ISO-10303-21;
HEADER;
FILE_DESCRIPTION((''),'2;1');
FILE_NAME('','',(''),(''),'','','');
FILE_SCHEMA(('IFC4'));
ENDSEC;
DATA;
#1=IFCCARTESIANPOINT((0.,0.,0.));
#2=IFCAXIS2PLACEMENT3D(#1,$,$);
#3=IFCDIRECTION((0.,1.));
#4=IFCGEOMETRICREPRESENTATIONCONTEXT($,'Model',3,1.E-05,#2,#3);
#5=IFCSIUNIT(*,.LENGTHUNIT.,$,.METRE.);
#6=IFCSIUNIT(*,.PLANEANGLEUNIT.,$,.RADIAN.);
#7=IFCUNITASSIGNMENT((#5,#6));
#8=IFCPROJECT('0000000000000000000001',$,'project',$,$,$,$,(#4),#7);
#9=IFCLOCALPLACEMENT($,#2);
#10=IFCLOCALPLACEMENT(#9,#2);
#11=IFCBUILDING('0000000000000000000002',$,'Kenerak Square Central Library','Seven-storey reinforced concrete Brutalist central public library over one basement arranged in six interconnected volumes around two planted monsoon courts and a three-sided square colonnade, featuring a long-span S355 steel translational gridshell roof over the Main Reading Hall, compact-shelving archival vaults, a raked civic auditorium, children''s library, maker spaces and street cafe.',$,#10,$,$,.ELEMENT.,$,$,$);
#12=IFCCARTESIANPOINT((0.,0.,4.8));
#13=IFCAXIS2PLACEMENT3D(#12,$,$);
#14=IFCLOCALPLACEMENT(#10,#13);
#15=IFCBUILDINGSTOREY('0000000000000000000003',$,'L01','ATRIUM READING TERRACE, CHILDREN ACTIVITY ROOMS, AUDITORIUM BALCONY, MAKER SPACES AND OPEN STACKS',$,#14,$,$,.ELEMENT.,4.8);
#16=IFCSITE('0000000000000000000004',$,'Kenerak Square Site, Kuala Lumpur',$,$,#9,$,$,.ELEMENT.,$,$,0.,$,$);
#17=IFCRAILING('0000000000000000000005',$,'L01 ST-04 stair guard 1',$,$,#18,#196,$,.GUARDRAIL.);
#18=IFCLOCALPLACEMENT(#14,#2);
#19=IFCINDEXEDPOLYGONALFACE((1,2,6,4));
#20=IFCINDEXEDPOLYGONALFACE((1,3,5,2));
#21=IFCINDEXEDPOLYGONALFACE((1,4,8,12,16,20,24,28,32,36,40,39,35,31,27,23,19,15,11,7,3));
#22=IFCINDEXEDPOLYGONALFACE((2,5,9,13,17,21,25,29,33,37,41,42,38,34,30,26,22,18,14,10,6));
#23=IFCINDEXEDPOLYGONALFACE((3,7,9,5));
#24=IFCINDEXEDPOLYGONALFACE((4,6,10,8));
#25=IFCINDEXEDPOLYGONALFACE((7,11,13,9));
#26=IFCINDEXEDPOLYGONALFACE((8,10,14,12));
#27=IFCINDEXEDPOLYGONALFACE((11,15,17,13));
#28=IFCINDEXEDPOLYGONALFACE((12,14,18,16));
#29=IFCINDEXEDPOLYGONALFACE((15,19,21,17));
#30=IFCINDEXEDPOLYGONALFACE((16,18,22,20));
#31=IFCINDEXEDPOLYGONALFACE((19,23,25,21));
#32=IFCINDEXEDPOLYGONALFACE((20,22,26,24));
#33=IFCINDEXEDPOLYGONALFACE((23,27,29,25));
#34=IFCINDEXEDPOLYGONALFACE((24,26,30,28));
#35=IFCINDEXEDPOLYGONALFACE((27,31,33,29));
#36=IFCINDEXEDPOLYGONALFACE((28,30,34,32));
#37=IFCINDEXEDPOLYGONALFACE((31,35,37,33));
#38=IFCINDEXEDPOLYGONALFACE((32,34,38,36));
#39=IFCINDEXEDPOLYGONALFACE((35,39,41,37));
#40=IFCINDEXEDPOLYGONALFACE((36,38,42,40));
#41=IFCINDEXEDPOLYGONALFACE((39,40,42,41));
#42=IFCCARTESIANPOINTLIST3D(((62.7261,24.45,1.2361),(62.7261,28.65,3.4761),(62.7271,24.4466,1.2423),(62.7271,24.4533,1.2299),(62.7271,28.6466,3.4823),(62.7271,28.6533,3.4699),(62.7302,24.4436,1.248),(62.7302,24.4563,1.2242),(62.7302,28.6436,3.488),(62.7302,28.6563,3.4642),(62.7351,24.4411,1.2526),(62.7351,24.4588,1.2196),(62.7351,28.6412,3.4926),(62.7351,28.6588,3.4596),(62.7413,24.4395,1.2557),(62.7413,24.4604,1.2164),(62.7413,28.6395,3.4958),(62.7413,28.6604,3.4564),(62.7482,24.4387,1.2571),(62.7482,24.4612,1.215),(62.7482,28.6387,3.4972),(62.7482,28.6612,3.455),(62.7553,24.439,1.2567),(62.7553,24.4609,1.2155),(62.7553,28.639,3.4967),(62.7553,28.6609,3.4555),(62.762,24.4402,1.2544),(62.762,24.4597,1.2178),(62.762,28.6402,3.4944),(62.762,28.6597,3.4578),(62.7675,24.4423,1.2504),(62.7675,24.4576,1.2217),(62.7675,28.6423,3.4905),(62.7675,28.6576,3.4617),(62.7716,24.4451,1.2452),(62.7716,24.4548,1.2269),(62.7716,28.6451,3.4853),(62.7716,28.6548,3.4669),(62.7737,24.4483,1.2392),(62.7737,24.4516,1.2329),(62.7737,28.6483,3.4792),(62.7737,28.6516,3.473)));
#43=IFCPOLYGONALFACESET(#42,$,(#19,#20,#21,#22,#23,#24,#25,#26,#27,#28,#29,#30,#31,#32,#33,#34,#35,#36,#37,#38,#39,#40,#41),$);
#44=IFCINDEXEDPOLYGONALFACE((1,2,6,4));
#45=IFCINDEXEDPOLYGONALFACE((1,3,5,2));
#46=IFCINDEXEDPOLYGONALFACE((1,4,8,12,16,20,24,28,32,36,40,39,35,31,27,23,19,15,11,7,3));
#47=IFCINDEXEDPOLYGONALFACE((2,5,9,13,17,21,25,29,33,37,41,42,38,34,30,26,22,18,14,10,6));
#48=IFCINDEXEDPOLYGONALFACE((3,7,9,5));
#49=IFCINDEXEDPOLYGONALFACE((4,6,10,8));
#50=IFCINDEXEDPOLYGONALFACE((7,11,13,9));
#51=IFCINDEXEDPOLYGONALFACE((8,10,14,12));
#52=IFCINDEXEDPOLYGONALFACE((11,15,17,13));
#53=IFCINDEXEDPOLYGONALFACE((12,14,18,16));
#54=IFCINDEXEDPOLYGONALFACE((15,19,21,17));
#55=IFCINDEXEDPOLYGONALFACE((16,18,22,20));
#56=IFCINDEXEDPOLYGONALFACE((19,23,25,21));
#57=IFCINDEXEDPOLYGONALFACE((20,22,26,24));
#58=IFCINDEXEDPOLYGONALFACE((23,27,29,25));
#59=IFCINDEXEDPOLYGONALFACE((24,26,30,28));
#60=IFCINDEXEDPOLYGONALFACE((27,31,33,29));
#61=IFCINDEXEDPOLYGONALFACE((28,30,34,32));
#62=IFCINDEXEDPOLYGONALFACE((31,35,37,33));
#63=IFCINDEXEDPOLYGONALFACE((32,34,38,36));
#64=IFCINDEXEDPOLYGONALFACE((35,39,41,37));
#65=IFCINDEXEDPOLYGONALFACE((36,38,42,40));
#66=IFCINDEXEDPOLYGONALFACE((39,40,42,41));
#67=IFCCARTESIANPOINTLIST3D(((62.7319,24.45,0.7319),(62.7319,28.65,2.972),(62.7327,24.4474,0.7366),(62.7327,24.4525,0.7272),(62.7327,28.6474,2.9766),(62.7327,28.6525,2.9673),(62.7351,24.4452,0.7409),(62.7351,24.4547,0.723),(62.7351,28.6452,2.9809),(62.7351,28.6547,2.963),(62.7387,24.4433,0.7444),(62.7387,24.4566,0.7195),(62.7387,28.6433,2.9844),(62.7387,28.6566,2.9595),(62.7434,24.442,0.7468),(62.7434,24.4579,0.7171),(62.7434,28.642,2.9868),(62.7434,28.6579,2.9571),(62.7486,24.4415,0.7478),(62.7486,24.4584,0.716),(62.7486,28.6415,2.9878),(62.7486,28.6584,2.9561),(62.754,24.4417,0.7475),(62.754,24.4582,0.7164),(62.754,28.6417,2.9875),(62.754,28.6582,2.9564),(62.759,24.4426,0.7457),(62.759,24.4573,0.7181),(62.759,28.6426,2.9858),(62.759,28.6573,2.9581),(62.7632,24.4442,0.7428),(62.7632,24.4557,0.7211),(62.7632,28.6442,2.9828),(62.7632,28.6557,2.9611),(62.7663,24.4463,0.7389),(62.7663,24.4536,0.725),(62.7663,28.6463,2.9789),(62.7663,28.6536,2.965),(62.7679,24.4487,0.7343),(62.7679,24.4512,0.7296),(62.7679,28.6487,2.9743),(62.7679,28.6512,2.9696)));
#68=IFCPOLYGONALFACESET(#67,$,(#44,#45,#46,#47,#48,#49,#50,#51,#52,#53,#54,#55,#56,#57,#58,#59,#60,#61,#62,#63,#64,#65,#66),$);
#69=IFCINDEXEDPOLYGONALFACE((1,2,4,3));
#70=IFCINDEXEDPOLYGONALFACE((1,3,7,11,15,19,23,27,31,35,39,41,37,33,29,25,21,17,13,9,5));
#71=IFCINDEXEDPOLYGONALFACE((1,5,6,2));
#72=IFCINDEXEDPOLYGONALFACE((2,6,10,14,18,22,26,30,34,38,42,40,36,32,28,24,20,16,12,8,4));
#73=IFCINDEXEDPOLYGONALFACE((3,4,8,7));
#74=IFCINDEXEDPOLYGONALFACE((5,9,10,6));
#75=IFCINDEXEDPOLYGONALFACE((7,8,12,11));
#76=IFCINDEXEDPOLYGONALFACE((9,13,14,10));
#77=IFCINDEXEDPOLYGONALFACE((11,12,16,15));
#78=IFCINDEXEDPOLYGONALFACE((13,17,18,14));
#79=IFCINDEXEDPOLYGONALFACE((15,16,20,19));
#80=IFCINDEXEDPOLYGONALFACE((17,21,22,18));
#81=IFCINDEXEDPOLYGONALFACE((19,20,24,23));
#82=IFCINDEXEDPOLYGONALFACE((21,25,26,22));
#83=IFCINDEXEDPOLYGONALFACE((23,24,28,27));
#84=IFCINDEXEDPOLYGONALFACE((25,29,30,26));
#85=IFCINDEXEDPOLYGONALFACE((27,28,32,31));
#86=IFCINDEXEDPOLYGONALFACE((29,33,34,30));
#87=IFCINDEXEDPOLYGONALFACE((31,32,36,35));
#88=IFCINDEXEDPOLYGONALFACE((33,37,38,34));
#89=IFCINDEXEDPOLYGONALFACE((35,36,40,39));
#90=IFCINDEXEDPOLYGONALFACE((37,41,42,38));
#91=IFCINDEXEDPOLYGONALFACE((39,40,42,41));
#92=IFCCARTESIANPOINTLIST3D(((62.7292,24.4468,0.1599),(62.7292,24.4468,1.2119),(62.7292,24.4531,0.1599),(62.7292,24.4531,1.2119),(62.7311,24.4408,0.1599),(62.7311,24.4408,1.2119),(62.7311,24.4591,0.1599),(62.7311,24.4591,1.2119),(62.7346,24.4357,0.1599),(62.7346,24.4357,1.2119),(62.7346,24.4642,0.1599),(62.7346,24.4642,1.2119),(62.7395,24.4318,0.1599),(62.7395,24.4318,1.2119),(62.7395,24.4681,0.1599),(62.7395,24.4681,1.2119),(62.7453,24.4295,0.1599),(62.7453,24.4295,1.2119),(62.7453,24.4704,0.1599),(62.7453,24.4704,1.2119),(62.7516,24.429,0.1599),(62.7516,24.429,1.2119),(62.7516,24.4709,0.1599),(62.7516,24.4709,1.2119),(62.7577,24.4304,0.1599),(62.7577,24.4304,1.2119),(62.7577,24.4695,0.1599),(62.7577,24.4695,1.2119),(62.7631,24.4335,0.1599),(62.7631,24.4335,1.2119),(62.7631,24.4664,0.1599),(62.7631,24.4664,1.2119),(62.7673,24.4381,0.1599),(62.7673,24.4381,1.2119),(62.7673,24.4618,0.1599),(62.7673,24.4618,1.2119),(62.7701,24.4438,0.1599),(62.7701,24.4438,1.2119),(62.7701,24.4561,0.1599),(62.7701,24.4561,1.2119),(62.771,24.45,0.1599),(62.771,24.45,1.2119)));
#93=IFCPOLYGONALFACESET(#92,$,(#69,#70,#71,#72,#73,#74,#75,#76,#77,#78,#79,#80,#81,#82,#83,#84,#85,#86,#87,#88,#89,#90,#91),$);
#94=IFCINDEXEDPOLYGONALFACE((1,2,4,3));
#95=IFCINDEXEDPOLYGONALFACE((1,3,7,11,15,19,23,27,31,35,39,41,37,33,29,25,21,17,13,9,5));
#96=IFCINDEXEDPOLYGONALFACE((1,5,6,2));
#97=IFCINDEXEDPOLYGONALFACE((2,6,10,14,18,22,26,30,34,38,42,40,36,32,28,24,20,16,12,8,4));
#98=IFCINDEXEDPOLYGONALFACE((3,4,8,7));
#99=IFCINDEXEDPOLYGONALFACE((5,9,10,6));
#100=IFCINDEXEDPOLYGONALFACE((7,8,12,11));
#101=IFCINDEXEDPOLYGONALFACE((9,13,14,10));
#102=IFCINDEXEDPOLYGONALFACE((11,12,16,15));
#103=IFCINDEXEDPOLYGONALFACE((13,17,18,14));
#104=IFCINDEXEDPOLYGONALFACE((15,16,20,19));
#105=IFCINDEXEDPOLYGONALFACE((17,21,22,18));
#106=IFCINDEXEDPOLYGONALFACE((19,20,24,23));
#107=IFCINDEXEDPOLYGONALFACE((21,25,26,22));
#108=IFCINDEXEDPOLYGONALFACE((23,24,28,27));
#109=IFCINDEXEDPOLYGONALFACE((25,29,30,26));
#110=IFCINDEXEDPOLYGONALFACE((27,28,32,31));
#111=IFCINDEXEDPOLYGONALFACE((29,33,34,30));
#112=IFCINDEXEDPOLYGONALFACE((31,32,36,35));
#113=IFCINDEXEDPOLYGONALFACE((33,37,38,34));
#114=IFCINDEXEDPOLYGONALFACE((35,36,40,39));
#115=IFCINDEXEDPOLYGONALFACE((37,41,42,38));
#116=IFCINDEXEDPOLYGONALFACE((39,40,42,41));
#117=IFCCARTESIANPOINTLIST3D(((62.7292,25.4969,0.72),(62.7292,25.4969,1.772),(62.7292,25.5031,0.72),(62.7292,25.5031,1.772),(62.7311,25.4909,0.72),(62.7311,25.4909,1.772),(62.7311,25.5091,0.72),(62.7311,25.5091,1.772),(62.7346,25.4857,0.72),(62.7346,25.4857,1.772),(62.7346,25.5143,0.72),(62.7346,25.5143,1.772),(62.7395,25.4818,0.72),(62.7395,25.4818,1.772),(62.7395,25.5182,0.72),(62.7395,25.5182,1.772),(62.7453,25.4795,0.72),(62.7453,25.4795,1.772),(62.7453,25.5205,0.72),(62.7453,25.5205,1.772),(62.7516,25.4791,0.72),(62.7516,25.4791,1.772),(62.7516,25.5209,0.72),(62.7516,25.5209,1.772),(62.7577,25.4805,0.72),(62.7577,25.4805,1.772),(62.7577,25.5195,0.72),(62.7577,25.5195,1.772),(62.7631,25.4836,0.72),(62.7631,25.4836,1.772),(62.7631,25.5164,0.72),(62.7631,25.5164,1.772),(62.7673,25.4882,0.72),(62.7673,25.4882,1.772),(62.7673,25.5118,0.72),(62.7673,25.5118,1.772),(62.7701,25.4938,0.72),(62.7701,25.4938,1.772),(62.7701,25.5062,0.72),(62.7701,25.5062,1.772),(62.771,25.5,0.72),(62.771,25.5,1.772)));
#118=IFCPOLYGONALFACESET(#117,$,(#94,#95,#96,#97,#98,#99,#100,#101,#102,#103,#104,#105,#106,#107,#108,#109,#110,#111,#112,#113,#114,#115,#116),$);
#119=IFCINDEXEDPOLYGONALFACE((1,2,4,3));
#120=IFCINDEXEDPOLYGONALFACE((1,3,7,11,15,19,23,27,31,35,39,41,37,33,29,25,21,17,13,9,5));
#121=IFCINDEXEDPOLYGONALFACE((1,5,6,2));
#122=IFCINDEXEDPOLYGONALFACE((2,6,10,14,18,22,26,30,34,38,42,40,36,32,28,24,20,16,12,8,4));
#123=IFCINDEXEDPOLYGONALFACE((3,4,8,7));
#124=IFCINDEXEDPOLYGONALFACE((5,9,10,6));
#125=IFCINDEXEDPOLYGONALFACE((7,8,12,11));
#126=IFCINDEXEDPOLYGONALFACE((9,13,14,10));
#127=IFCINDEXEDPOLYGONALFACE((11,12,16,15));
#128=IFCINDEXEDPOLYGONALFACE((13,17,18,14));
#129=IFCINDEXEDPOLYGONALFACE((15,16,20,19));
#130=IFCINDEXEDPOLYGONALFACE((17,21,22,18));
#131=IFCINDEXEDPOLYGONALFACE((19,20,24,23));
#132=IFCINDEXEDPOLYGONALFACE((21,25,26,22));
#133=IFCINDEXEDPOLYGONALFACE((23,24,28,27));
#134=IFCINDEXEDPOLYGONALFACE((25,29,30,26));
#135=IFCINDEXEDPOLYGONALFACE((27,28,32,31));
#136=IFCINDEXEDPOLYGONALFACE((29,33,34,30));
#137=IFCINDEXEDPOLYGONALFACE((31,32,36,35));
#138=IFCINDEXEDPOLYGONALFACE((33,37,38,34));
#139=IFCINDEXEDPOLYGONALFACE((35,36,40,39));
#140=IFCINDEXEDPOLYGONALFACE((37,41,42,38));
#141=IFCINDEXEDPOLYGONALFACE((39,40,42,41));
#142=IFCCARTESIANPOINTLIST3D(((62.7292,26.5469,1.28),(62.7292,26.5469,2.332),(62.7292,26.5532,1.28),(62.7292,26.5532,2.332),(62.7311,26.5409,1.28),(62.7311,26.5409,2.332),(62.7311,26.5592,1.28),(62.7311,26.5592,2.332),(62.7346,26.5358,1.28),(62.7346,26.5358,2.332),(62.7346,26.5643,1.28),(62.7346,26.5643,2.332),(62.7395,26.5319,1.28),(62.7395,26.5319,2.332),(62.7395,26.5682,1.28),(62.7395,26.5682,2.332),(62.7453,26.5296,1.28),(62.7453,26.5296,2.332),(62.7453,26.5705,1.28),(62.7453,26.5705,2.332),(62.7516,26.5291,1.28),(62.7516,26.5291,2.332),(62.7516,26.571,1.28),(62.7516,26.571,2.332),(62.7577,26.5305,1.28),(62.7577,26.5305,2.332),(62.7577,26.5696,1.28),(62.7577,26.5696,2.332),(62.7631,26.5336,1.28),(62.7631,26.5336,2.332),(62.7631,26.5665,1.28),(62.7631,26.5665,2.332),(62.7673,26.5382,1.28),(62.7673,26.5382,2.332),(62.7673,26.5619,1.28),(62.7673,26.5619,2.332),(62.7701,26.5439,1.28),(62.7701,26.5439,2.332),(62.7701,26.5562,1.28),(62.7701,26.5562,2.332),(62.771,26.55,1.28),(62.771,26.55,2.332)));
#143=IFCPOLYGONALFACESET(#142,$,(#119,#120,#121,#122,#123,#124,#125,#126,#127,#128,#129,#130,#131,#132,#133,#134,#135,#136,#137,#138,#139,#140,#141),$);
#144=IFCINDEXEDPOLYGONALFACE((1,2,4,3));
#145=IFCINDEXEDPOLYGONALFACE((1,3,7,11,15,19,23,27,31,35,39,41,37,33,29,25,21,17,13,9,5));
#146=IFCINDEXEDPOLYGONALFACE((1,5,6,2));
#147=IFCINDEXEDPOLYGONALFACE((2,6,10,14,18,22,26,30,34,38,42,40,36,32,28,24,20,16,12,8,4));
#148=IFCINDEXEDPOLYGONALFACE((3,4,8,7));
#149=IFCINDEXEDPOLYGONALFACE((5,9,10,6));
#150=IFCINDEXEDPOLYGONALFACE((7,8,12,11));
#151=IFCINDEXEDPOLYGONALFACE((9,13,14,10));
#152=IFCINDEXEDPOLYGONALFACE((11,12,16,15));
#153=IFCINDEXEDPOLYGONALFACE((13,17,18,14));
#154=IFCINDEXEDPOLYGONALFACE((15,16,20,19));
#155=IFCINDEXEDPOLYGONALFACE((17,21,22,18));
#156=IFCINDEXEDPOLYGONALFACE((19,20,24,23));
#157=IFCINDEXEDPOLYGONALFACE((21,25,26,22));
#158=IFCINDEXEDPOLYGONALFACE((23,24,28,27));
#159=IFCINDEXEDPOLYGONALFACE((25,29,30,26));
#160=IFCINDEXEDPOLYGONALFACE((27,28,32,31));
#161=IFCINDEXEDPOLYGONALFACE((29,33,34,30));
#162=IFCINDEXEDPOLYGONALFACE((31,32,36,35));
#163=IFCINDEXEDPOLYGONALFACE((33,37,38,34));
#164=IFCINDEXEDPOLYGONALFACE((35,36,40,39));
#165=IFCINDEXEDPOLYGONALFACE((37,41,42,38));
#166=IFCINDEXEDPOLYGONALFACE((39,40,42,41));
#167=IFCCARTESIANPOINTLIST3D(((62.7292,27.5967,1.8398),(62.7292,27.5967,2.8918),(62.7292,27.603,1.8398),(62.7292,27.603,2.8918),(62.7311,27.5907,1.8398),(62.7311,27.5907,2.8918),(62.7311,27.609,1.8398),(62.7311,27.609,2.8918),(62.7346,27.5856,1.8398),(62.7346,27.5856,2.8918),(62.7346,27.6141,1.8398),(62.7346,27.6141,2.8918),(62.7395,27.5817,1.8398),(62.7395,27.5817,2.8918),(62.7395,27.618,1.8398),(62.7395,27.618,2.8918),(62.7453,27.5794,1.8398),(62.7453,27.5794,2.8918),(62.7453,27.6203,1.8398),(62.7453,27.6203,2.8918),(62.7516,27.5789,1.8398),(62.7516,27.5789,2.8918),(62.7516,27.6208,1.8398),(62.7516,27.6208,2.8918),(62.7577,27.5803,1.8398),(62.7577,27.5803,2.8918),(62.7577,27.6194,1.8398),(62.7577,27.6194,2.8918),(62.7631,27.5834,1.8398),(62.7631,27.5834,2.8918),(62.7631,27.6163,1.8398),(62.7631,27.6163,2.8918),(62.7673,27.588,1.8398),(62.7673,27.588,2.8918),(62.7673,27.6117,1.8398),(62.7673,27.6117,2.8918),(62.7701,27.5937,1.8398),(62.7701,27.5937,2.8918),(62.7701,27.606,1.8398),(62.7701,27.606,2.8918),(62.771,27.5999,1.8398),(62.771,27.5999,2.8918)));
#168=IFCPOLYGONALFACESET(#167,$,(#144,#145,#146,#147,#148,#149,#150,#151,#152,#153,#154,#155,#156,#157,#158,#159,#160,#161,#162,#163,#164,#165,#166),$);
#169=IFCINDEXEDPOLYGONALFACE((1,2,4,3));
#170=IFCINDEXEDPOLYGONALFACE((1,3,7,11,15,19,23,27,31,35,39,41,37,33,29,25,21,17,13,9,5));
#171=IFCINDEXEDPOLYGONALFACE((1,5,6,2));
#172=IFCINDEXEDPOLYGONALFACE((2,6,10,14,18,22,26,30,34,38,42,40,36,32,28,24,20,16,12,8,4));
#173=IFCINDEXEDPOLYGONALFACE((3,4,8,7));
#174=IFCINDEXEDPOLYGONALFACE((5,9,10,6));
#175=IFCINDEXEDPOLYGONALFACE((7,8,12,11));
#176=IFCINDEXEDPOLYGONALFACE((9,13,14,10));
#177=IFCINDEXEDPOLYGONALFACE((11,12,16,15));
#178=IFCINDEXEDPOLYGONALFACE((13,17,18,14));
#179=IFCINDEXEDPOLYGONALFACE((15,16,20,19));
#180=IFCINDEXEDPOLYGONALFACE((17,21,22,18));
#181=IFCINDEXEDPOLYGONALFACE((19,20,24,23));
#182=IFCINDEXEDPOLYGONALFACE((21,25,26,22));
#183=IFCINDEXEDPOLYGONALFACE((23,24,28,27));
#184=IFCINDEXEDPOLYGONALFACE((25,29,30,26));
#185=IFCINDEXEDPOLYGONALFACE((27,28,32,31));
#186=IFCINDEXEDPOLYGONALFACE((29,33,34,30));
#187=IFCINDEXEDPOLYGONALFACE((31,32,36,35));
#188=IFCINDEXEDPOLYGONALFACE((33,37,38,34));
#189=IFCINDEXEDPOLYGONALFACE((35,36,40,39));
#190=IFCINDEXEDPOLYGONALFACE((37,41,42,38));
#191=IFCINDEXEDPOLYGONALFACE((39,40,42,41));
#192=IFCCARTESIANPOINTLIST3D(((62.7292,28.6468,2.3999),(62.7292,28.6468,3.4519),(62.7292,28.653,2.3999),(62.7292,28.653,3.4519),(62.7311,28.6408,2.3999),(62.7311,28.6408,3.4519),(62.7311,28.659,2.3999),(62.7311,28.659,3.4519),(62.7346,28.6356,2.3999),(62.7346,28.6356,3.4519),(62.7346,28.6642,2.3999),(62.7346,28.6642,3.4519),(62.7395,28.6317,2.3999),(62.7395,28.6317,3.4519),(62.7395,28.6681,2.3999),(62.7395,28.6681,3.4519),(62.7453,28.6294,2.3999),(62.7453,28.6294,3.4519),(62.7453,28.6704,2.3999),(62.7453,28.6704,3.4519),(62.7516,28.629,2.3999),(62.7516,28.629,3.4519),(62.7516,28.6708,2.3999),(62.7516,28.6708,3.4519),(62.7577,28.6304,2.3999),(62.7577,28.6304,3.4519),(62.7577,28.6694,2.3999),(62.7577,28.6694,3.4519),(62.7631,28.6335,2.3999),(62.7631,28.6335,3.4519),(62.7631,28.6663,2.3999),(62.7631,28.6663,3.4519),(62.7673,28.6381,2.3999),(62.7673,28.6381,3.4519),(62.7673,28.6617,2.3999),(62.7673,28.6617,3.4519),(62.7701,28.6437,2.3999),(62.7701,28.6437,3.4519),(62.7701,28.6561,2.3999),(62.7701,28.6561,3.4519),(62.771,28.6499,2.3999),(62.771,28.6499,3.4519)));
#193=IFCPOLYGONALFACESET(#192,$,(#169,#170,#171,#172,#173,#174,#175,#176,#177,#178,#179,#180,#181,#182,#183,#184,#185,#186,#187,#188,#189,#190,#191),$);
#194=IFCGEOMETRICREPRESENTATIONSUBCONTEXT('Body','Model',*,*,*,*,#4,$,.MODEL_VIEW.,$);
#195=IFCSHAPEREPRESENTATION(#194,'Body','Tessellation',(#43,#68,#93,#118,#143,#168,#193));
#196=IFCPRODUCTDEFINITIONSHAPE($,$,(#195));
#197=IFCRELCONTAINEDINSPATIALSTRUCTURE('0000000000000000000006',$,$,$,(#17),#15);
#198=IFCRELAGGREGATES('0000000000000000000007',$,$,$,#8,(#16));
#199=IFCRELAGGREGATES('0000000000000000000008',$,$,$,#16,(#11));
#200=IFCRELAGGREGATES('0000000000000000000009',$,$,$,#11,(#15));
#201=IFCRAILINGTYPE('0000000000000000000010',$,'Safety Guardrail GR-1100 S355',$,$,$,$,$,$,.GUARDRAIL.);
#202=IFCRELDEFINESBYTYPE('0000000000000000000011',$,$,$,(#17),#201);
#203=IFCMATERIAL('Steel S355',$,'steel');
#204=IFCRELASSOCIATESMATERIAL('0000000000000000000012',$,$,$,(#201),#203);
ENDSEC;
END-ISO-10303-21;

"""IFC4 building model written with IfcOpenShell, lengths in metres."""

from ifc_helpers import new_model, si_unit, direction, frame, origin, origin_2d, place, context, subcontext, project, spatial, circle, extrude, material, type_object, element, save


model = new_model("IFC4")

# Units and contexts
model_context = context("Model", 3, precision=1e-05, world=origin(), true_north=direction((0.0, 1.0)))
body_context = subcontext(model_context, "Body", "Model", "MODEL_VIEW")
ifc_project = project(units=[si_unit("LENGTHUNIT", "METRE"), si_unit("PLANEANGLEUNIT", "RADIAN")], contexts=[model_context])

# Site, building, storey
site_placement = place(None, origin())
site = spatial("IfcSite", under=ifc_project, at=site_placement, Name="Kenerak Square Site, Kuala Lumpur", CompositionType="ELEMENT", RefElevation=0.0)
building_placement = place(site_placement, origin())
building = spatial("IfcBuilding", under=site, at=building_placement, Name="Kenerak Square Central Library", Description="Seven-storey reinforced concrete Brutalist central public library over one basement arranged in six interconnected volumes around two planted monsoon courts and a three-sided square colonnade, featuring a long-span S355 steel translational gridshell roof over the Main Reading Hall, compact-shelving archival vaults, a raked civic auditorium, children's library, maker spaces and street cafe.", CompositionType="ELEMENT")
storey_placement = place(building_placement, frame((0.0, 0.0, 4.8)))
storey = spatial("IfcBuildingStorey", under=building, at=storey_placement, Name="L01", Description="ATRIUM READING TERRACE, CHILDREN ACTIVITY ROOMS, AUDITORIUM BALCONY, MAKER SPACES AND OPEN STACKS", CompositionType="ELEMENT", Elevation=4.8)

# Shared definitions
ifc_material_1 = material(Name="Steel S355", Category="steel")

# Railing
railing_type_1 = type_object("IfcRailingType", Name="Safety Guardrail GR-1100 S355", PredefinedType="GUARDRAIL", material=ifc_material_1)
railing_1_placement = place(storey_placement, frame((62.75, 24.45, 0.1599)))
element("IfcRailing", 1, at=railing_1_placement, inside=storey, type_object=railing_type_1, Name="L01 ST-04 stair guard 1", PredefinedType="GUARDRAIL", context=body_context, shape_type="SweptSolid", body=[
    extrude(circle(Radius=0.0239, at=origin_2d()), frame((0.0, 0.0, 1.0762), z_axis=(0.0, 0.882352, 0.470591), x_axis=(-1.0, 0.0, 0.0)), (0.0, 0.0, 1.0), 4.76),
    extrude(circle(Radius=0.0181, at=origin_2d()), frame((0.0, 0.0, 0.572), z_axis=(0.0, 0.882352, 0.470591), x_axis=(-1.0, 0.0, 0.0)), (0.0, 0.0, 1.0), 4.76),
    extrude(circle(Radius=0.021, at=origin_2d()), origin(), (0.0, 0.0, 1.0), 1.052),
    extrude(circle(Radius=0.021, at=origin_2d()), frame((0.0, 1.05, 0.5601)), (0.0, 0.0, 1.0), 1.052),
    extrude(circle(Radius=0.021, at=origin_2d()), frame((0.0, 2.1001, 1.1201)), (0.0, 0.0, 1.0), 1.052),
    extrude(circle(Radius=0.021, at=origin_2d()), frame((0.0, 3.1499, 1.6799)), (0.0, 0.0, 1.0), 1.052),
    extrude(circle(Radius=0.021, at=origin_2d()), frame((0.0, 4.2, 2.24)), (0.0, 0.0, 1.0), 1.052),
])

save(model, "model.ifc")
